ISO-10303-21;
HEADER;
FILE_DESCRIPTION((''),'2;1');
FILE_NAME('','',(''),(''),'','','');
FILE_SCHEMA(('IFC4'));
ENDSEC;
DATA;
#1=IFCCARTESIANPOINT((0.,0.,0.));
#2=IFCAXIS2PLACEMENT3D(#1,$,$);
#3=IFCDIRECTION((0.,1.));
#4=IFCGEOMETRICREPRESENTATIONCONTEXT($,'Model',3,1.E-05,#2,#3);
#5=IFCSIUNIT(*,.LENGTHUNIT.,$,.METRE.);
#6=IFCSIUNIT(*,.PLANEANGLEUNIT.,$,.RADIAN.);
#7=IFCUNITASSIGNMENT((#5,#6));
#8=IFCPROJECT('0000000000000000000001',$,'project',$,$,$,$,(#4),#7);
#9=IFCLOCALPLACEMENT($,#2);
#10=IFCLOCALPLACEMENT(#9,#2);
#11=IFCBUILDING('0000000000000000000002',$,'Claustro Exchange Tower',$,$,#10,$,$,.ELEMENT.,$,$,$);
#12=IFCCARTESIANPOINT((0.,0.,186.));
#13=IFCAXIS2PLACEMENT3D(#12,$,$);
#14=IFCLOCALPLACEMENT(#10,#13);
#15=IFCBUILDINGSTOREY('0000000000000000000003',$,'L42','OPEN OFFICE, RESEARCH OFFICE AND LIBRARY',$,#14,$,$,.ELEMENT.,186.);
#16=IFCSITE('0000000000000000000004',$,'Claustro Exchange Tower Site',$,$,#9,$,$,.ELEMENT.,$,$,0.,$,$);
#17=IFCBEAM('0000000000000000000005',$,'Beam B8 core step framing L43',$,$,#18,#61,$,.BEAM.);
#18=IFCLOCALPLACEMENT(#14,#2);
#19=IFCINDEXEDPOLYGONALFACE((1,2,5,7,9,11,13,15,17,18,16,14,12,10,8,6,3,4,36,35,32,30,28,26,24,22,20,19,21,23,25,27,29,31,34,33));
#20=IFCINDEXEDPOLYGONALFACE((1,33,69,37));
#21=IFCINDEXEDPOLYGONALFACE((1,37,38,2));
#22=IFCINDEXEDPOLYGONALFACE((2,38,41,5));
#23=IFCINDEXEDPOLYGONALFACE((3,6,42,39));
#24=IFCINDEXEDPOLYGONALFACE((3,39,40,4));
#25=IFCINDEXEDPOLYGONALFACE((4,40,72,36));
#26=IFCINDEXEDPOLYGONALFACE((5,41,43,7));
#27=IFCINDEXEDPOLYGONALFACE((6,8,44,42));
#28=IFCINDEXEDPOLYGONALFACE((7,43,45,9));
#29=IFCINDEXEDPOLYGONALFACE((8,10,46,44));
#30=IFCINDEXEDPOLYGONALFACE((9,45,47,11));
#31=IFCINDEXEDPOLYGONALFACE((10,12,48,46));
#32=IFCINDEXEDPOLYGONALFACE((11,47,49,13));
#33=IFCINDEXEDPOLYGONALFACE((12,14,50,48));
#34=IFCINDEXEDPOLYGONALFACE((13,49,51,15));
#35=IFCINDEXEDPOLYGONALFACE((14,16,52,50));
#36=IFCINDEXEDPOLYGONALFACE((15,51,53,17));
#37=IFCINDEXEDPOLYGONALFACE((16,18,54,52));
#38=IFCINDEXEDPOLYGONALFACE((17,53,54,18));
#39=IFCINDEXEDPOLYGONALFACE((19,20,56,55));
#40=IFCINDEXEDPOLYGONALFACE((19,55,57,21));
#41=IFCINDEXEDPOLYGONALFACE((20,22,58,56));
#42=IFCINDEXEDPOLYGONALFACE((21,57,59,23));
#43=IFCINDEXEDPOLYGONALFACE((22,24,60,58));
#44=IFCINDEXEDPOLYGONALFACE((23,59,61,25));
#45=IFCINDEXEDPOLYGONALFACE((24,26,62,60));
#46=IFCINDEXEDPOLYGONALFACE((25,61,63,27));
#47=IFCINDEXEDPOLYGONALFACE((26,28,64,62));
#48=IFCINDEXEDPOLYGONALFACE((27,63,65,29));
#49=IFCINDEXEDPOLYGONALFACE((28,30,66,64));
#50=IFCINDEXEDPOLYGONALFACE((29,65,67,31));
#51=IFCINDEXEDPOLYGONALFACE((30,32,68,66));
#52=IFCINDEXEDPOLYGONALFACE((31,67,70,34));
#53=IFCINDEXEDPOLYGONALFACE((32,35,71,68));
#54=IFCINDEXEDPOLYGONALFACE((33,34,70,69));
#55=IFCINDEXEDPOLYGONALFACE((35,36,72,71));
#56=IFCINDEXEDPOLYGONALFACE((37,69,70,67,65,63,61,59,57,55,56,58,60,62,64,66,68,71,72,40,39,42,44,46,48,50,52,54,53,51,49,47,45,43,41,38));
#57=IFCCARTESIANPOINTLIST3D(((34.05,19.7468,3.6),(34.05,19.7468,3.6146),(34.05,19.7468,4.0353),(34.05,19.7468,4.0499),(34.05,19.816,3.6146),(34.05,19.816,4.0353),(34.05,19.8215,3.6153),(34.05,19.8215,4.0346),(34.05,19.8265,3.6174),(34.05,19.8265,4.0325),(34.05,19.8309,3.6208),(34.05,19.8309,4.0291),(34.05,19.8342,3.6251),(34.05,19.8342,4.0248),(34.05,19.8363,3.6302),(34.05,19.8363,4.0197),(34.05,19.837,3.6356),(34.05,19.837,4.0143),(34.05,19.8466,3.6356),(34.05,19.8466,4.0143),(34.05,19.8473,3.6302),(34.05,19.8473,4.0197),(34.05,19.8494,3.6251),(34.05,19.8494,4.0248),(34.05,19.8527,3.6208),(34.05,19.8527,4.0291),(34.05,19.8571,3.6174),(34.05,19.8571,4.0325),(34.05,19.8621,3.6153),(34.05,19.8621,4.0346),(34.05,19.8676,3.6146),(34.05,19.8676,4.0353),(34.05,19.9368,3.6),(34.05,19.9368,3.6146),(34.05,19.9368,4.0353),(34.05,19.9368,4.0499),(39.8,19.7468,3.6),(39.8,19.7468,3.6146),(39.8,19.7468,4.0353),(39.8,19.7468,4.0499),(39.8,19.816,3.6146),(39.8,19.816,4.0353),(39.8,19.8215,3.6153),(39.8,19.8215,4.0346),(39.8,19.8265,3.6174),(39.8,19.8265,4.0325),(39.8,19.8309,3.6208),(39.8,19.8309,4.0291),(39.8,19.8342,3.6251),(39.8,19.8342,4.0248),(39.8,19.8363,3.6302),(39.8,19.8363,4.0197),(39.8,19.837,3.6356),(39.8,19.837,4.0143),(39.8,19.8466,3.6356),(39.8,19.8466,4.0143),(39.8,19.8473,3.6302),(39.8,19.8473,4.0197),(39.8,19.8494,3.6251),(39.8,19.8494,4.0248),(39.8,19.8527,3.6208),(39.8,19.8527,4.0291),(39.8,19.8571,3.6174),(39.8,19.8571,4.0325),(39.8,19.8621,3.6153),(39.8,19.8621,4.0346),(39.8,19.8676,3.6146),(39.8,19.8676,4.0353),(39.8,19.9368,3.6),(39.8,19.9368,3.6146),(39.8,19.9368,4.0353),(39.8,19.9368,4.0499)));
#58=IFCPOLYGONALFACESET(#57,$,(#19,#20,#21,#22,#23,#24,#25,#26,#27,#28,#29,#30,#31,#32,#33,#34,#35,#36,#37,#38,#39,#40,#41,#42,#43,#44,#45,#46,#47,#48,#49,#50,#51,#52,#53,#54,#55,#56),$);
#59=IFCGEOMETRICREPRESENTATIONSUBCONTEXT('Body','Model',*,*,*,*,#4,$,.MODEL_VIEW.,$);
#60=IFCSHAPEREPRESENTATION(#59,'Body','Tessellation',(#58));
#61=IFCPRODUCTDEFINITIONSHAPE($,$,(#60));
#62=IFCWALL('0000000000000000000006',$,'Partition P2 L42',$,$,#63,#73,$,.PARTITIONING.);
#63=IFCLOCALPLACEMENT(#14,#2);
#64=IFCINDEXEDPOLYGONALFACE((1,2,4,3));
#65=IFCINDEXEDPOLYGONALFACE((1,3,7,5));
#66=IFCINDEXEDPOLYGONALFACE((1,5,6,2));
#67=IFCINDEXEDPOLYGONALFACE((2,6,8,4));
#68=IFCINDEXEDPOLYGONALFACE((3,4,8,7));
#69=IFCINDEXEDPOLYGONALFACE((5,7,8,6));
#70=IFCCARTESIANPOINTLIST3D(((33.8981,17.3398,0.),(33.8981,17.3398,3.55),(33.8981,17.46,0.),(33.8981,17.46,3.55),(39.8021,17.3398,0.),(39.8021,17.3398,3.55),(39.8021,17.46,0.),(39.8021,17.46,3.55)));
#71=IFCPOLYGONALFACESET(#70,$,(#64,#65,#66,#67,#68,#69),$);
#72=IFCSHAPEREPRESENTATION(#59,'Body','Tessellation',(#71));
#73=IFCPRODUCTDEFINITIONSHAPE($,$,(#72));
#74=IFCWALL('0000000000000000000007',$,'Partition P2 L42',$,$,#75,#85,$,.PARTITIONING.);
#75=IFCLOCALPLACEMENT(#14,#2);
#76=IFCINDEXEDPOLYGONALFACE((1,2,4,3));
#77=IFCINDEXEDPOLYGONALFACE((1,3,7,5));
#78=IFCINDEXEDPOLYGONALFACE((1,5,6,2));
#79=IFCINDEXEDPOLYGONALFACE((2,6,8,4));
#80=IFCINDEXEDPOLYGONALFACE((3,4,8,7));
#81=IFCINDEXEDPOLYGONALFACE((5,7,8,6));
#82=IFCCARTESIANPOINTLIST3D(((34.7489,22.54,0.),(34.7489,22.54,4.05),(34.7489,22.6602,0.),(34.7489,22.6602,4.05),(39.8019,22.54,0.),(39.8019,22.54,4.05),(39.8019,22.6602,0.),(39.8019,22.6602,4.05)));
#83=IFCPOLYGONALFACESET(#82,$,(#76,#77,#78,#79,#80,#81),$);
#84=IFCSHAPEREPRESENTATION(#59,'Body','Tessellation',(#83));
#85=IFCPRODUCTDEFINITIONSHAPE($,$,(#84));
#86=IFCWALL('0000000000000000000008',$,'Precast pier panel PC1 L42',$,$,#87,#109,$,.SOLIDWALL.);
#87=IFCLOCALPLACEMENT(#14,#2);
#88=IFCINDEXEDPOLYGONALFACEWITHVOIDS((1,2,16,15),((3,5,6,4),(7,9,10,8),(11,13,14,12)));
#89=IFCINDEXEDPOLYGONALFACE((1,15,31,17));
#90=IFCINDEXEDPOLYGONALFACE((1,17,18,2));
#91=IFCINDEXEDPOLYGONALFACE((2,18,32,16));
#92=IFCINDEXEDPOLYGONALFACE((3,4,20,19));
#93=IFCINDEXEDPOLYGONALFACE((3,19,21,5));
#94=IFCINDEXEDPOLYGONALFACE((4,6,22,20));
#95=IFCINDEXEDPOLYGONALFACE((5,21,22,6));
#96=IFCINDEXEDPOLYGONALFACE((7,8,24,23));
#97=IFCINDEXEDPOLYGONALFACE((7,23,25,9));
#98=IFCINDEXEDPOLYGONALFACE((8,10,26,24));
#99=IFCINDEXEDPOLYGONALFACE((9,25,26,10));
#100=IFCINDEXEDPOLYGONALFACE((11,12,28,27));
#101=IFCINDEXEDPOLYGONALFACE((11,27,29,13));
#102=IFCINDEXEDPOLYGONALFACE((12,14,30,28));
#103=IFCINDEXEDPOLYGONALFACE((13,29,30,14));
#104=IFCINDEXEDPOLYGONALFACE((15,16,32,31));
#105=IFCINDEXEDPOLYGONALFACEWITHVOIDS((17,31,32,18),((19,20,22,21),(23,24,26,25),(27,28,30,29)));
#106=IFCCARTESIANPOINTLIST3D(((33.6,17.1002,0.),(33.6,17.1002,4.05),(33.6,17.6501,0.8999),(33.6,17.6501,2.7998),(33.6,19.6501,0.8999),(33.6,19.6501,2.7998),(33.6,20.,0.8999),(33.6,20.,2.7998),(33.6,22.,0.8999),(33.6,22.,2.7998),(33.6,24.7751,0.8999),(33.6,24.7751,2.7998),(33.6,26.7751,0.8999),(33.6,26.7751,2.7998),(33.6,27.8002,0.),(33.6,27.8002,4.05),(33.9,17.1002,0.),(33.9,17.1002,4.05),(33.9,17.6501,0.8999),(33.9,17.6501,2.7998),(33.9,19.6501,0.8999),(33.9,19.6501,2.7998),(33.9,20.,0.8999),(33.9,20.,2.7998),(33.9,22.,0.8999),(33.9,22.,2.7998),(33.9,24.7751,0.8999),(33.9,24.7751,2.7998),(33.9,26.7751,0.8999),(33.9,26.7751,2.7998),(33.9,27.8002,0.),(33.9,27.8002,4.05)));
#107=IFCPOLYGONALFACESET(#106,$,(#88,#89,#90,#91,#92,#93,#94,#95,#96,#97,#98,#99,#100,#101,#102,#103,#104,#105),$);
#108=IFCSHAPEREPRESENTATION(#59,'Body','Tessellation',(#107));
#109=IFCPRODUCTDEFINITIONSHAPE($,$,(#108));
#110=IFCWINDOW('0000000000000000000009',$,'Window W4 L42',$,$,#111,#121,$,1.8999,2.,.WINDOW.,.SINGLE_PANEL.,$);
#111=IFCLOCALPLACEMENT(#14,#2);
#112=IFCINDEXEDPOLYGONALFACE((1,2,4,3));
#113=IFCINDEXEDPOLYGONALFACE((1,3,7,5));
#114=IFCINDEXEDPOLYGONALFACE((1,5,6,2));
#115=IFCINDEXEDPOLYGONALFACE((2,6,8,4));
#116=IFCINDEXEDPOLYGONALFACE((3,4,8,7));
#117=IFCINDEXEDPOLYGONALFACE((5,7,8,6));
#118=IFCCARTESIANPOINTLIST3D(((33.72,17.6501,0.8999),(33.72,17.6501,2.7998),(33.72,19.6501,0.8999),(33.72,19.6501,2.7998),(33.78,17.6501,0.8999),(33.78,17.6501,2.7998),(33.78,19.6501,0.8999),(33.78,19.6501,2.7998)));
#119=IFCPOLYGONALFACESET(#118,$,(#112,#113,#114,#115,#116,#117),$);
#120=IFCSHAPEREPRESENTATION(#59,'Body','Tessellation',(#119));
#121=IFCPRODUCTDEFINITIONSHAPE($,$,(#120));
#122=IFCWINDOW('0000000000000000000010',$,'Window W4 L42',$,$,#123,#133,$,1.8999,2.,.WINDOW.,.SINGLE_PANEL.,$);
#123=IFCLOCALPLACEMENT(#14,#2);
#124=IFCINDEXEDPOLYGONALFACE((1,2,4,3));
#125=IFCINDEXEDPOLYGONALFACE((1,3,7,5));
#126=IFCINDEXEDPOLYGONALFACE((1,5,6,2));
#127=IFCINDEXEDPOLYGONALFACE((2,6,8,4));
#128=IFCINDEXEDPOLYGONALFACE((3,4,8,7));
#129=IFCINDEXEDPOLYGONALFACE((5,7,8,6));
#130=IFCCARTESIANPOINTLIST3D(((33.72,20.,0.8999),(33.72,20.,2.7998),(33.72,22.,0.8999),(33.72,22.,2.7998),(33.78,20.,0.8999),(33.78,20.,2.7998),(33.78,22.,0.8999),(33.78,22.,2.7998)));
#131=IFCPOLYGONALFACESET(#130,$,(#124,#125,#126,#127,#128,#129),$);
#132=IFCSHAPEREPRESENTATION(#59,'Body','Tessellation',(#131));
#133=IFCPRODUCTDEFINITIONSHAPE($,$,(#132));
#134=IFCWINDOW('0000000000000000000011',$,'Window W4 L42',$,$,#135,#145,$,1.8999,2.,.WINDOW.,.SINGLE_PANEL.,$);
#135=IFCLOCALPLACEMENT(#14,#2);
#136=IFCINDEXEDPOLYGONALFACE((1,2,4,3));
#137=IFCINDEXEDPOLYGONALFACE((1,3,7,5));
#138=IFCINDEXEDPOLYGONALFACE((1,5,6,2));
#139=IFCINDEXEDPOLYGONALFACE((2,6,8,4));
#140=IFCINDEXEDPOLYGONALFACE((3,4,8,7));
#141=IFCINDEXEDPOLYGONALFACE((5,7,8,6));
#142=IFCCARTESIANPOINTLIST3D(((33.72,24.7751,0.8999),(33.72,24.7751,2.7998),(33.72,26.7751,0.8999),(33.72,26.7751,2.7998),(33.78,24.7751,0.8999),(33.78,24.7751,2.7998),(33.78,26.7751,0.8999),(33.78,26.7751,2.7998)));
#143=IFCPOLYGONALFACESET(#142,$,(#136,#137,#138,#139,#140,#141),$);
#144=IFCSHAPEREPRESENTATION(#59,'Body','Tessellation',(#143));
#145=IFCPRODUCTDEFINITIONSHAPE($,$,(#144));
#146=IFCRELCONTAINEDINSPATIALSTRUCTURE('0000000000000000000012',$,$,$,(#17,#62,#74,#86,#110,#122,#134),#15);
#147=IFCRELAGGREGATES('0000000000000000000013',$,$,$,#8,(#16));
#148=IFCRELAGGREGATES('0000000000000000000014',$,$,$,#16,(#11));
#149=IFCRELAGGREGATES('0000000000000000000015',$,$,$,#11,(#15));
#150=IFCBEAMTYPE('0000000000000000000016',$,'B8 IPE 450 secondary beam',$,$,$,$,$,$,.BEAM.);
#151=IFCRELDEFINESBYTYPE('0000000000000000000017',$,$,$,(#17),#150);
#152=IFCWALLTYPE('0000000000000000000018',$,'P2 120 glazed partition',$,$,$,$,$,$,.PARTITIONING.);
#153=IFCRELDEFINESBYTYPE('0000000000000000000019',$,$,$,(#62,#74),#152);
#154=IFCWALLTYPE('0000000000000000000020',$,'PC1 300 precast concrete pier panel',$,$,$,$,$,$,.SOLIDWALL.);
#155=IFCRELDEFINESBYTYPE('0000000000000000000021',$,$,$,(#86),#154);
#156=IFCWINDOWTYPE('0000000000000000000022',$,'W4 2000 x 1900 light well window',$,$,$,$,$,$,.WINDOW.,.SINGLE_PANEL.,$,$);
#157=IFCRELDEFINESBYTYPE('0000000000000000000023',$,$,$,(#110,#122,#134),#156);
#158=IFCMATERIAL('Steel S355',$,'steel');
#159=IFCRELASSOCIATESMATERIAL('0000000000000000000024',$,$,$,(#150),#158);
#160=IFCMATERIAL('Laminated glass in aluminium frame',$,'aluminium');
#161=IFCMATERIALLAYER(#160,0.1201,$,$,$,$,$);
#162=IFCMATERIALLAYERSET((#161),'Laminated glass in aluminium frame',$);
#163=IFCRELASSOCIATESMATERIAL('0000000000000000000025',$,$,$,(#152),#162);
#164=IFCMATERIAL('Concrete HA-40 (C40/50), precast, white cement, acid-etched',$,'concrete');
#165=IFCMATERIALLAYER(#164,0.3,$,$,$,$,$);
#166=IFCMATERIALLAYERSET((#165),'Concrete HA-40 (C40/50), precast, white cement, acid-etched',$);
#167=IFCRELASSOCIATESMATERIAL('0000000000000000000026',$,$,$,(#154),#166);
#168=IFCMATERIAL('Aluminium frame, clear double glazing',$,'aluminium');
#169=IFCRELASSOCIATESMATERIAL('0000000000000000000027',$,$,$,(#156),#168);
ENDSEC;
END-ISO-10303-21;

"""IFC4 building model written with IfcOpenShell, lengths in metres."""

from ifc_helpers import new_model, si_unit, direction, frame, frame_2d, origin, origin_2d, place, context, subcontext, project, spatial, rectangle, i_section, extrude, material, layer, layer_set, material_profile, profile_set, type_object, element, fill, save


model = new_model("IFC4")

# Units and contexts
model_context = context("Model", 3, precision=1e-05, world=origin(), true_north=direction((0.0, 1.0)))
body_context = subcontext(model_context, "Body", "Model", "MODEL_VIEW")
ifc_project = project(units=[si_unit("LENGTHUNIT", "METRE"), si_unit("PLANEANGLEUNIT", "RADIAN")], contexts=[model_context])

# Site, building, storey
site_placement = place(None, origin())
site = spatial("IfcSite", under=ifc_project, at=site_placement, Name="Claustro Exchange Tower Site", CompositionType="ELEMENT", RefElevation=0.0)
building_placement = place(site_placement, origin())
building = spatial("IfcBuilding", under=site, at=building_placement, Name="Claustro Exchange Tower", CompositionType="ELEMENT")
storey_placement = place(building_placement, frame((0.0, 0.0, 186.0)))
storey = spatial("IfcBuildingStorey", under=building, at=storey_placement, Name="L42", Description="OPEN OFFICE, RESEARCH OFFICE AND LIBRARY", CompositionType="ELEMENT", Elevation=186.0)

# Beam
ifc_material_1 = material(Name="Steel S355", Category="steel")
ifc_material_profile_1 = material_profile(ifc_material_1, i_section(OverallWidth=0.1899, OverallDepth=0.45, WebThickness=0.0095, FlangeThickness=0.0146, FilletRadius=0.021, at=origin_2d()), Name="IPE 450")
ifc_profile_set_1 = profile_set([ifc_material_profile_1], Name="Steel S355")
beam_type_1 = type_object("IfcBeamType", Name="B8 IPE 450 secondary beam", PredefinedType="BEAM", material=ifc_profile_set_1)
for number, where, z_axis, x_axis, name in (
    (1, (34.05, 19.8418, 3.825), (1.0, 0.0, 0.0), (0.0, 1.0, 0.0), "Beam B8 core step framing L43"),
):
    element("IfcBeam", number, at=place(storey_placement, frame(where, z_axis=z_axis, x_axis=x_axis)), inside=storey, type_object=beam_type_1, Name=name, PredefinedType="BEAM", context=body_context, shape_type="SweptSolid", body=[
        extrude(i_section(OverallWidth=0.1899, OverallDepth=0.45, WebThickness=0.0095, FlangeThickness=0.0146, FilletRadius=0.021, at=origin_2d()), origin(), (0.0, 0.0, 1.0), 5.75),
    ])

# Walls
ifc_material_2 = material(Name="Laminated glass in aluminium frame", Category="aluminium")
ifc_layer_1 = layer(ifc_material_2, 0.1201)
ifc_layer_set_1 = layer_set([ifc_layer_1], Name="Laminated glass in aluminium frame")
wall_type_1 = type_object("IfcWallType", Name="P2 120 glazed partition", PredefinedType="PARTITIONING", material=ifc_layer_set_1)
wall_1_placement = place(storey_placement, frame((33.8979, 17.3999, 0.0), z_axis=(0.0, 0.0, 1.0), x_axis=(1.0, 0.0, 0.0)))
element("IfcWall", 2, at=wall_1_placement, inside=storey, type_object=wall_type_1, Name="Partition P2 L42", PredefinedType="PARTITIONING", context=body_context, shape_type="SweptSolid", body=[
    extrude(rectangle(XDim=5.9041, YDim=0.1201, at=frame_2d((2.9521, 0.0))), origin(), (0.0, 0.0, 1.0), 3.55),
])
wall_2_placement = place(storey_placement, frame((34.749, 22.6001, 0.0), z_axis=(0.0, 0.0, 1.0), x_axis=(1.0, 0.0, 0.0)))
element("IfcWall", 3, at=wall_2_placement, inside=storey, type_object=wall_type_1, Name="Partition P2 L42", PredefinedType="PARTITIONING", context=body_context, shape_type="SweptSolid", body=[
    extrude(rectangle(XDim=5.053, YDim=0.1201, at=frame_2d((2.5264, 0.0))), origin(), (0.0, 0.0, 1.0), 4.05),
])

# Wall, openings, windows
ifc_material_3 = material(Name="Concrete HA-40 (C40/50), precast, white cement, acid-etched", Category="concrete")
ifc_layer_2 = layer(ifc_material_3, 0.3)
ifc_layer_set_2 = layer_set([ifc_layer_2], Name="Concrete HA-40 (C40/50), precast, white cement, acid-etched")
wall_type_2 = type_object("IfcWallType", Name="PC1 300 precast concrete pier panel", PredefinedType="SOLIDWALL", material=ifc_layer_set_2)
wall_3_placement = place(storey_placement, frame((33.75, 17.1001, 0.0), z_axis=(0.0, 0.0, 1.0), x_axis=(0.0, 1.0, 0.0)))
wall_3 = element("IfcWall", 4, at=wall_3_placement, inside=storey, type_object=wall_type_2, Name="Precast pier panel PC1 L42", PredefinedType="SOLIDWALL", context=body_context, shape_type="SweptSolid", body=[
    extrude(rectangle(XDim=10.7, YDim=0.3, at=frame_2d((5.3501, 0.0))), origin(), (0.0, 0.0, 1.0), 4.05),
])
opening_1_placement = place(wall_3_placement, frame((0.55, 0.0, 0.8999)))
opening_1 = element("IfcOpeningElement", 5, at=opening_1_placement, cuts=wall_3, PredefinedType="OPENING", context=body_context, shape_type="SweptSolid", body=[
    extrude(rectangle(XDim=2.0, YDim=1.8999, at=frame_2d((1.0, 0.95))), frame((0.0, 0.1599, 0.0), z_axis=(0.0, -1.0, 0.0), x_axis=(1.0, 0.0, 0.0)), (0.0, 0.0, 1.0), 0.3201),
])
opening_2_placement = place(wall_3_placement, frame((2.8999, 0.0, 0.8999)))
opening_2 = element("IfcOpeningElement", 6, at=opening_2_placement, cuts=wall_3, PredefinedType="OPENING", context=body_context, shape_type="SweptSolid", body=[
    extrude(rectangle(XDim=2.0, YDim=1.8999, at=frame_2d((1.0, 0.95))), frame((0.0, 0.1599, 0.0), z_axis=(0.0, -1.0, 0.0), x_axis=(1.0, 0.0, 0.0)), (0.0, 0.0, 1.0), 0.3201),
])
opening_3_placement = place(wall_3_placement, frame((7.675, 0.0, 0.8999)))
opening_3 = element("IfcOpeningElement", 7, at=opening_3_placement, cuts=wall_3, PredefinedType="OPENING", context=body_context, shape_type="SweptSolid", body=[
    extrude(rectangle(XDim=2.0, YDim=1.8999, at=frame_2d((1.0, 0.95))), frame((0.0, 0.1599, 0.0), z_axis=(0.0, -1.0, 0.0), x_axis=(1.0, 0.0, 0.0)), (0.0, 0.0, 1.0), 0.3201),
])
ifc_material_4 = material(Name="Aluminium frame, clear double glazing", Category="aluminium")
window_type = type_object("IfcWindowType", Name="W4 2000 x 1900 light well window", PartitioningType="SINGLE_PANEL", PredefinedType="WINDOW", material=ifc_material_4)
window_1_placement = place(opening_1_placement, origin())
window_1 = element("IfcWindow", 8, at=window_1_placement, inside=storey, type_object=window_type, Name="Window W4 L42", OverallHeight=1.8999, OverallWidth=2.0, PartitioningType="SINGLE_PANEL", PredefinedType="WINDOW", context=body_context, shape_type="SweptSolid", body=[
    extrude(rectangle(XDim=2.0, YDim=1.8999, at=frame_2d((1.0, 0.95))), frame((0.0, 0.03, 0.0), z_axis=(0.0, -1.0, 0.0), x_axis=(1.0, 0.0, 0.0)), (0.0, 0.0, 1.0), 0.0601),
])
fill(opening_1, window_1)
window_2_placement = place(opening_2_placement, origin())
window_2 = element("IfcWindow", 9, at=window_2_placement, inside=storey, type_object=window_type, Name="Window W4 L42", OverallHeight=1.8999, OverallWidth=2.0, PartitioningType="SINGLE_PANEL", PredefinedType="WINDOW", context=body_context, shape_type="SweptSolid", body=[
    extrude(rectangle(XDim=2.0, YDim=1.8999, at=frame_2d((1.0, 0.95))), frame((0.0, 0.03, 0.0), z_axis=(0.0, -1.0, 0.0), x_axis=(1.0, 0.0, 0.0)), (0.0, 0.0, 1.0), 0.0601),
])
fill(opening_2, window_2)
window_3_placement = place(opening_3_placement, origin())
window_3 = element("IfcWindow", 10, at=window_3_placement, inside=storey, type_object=window_type, Name="Window W4 L42", OverallHeight=1.8999, OverallWidth=2.0, PartitioningType="SINGLE_PANEL", PredefinedType="WINDOW", context=body_context, shape_type="SweptSolid", body=[
    extrude(rectangle(XDim=2.0, YDim=1.8999, at=frame_2d((1.0, 0.95))), frame((0.0, 0.03, 0.0), z_axis=(0.0, -1.0, 0.0), x_axis=(1.0, 0.0, 0.0)), (0.0, 0.0, 1.0), 0.0601),
])
fill(opening_3, window_3)

save(model, "model.ifc")
